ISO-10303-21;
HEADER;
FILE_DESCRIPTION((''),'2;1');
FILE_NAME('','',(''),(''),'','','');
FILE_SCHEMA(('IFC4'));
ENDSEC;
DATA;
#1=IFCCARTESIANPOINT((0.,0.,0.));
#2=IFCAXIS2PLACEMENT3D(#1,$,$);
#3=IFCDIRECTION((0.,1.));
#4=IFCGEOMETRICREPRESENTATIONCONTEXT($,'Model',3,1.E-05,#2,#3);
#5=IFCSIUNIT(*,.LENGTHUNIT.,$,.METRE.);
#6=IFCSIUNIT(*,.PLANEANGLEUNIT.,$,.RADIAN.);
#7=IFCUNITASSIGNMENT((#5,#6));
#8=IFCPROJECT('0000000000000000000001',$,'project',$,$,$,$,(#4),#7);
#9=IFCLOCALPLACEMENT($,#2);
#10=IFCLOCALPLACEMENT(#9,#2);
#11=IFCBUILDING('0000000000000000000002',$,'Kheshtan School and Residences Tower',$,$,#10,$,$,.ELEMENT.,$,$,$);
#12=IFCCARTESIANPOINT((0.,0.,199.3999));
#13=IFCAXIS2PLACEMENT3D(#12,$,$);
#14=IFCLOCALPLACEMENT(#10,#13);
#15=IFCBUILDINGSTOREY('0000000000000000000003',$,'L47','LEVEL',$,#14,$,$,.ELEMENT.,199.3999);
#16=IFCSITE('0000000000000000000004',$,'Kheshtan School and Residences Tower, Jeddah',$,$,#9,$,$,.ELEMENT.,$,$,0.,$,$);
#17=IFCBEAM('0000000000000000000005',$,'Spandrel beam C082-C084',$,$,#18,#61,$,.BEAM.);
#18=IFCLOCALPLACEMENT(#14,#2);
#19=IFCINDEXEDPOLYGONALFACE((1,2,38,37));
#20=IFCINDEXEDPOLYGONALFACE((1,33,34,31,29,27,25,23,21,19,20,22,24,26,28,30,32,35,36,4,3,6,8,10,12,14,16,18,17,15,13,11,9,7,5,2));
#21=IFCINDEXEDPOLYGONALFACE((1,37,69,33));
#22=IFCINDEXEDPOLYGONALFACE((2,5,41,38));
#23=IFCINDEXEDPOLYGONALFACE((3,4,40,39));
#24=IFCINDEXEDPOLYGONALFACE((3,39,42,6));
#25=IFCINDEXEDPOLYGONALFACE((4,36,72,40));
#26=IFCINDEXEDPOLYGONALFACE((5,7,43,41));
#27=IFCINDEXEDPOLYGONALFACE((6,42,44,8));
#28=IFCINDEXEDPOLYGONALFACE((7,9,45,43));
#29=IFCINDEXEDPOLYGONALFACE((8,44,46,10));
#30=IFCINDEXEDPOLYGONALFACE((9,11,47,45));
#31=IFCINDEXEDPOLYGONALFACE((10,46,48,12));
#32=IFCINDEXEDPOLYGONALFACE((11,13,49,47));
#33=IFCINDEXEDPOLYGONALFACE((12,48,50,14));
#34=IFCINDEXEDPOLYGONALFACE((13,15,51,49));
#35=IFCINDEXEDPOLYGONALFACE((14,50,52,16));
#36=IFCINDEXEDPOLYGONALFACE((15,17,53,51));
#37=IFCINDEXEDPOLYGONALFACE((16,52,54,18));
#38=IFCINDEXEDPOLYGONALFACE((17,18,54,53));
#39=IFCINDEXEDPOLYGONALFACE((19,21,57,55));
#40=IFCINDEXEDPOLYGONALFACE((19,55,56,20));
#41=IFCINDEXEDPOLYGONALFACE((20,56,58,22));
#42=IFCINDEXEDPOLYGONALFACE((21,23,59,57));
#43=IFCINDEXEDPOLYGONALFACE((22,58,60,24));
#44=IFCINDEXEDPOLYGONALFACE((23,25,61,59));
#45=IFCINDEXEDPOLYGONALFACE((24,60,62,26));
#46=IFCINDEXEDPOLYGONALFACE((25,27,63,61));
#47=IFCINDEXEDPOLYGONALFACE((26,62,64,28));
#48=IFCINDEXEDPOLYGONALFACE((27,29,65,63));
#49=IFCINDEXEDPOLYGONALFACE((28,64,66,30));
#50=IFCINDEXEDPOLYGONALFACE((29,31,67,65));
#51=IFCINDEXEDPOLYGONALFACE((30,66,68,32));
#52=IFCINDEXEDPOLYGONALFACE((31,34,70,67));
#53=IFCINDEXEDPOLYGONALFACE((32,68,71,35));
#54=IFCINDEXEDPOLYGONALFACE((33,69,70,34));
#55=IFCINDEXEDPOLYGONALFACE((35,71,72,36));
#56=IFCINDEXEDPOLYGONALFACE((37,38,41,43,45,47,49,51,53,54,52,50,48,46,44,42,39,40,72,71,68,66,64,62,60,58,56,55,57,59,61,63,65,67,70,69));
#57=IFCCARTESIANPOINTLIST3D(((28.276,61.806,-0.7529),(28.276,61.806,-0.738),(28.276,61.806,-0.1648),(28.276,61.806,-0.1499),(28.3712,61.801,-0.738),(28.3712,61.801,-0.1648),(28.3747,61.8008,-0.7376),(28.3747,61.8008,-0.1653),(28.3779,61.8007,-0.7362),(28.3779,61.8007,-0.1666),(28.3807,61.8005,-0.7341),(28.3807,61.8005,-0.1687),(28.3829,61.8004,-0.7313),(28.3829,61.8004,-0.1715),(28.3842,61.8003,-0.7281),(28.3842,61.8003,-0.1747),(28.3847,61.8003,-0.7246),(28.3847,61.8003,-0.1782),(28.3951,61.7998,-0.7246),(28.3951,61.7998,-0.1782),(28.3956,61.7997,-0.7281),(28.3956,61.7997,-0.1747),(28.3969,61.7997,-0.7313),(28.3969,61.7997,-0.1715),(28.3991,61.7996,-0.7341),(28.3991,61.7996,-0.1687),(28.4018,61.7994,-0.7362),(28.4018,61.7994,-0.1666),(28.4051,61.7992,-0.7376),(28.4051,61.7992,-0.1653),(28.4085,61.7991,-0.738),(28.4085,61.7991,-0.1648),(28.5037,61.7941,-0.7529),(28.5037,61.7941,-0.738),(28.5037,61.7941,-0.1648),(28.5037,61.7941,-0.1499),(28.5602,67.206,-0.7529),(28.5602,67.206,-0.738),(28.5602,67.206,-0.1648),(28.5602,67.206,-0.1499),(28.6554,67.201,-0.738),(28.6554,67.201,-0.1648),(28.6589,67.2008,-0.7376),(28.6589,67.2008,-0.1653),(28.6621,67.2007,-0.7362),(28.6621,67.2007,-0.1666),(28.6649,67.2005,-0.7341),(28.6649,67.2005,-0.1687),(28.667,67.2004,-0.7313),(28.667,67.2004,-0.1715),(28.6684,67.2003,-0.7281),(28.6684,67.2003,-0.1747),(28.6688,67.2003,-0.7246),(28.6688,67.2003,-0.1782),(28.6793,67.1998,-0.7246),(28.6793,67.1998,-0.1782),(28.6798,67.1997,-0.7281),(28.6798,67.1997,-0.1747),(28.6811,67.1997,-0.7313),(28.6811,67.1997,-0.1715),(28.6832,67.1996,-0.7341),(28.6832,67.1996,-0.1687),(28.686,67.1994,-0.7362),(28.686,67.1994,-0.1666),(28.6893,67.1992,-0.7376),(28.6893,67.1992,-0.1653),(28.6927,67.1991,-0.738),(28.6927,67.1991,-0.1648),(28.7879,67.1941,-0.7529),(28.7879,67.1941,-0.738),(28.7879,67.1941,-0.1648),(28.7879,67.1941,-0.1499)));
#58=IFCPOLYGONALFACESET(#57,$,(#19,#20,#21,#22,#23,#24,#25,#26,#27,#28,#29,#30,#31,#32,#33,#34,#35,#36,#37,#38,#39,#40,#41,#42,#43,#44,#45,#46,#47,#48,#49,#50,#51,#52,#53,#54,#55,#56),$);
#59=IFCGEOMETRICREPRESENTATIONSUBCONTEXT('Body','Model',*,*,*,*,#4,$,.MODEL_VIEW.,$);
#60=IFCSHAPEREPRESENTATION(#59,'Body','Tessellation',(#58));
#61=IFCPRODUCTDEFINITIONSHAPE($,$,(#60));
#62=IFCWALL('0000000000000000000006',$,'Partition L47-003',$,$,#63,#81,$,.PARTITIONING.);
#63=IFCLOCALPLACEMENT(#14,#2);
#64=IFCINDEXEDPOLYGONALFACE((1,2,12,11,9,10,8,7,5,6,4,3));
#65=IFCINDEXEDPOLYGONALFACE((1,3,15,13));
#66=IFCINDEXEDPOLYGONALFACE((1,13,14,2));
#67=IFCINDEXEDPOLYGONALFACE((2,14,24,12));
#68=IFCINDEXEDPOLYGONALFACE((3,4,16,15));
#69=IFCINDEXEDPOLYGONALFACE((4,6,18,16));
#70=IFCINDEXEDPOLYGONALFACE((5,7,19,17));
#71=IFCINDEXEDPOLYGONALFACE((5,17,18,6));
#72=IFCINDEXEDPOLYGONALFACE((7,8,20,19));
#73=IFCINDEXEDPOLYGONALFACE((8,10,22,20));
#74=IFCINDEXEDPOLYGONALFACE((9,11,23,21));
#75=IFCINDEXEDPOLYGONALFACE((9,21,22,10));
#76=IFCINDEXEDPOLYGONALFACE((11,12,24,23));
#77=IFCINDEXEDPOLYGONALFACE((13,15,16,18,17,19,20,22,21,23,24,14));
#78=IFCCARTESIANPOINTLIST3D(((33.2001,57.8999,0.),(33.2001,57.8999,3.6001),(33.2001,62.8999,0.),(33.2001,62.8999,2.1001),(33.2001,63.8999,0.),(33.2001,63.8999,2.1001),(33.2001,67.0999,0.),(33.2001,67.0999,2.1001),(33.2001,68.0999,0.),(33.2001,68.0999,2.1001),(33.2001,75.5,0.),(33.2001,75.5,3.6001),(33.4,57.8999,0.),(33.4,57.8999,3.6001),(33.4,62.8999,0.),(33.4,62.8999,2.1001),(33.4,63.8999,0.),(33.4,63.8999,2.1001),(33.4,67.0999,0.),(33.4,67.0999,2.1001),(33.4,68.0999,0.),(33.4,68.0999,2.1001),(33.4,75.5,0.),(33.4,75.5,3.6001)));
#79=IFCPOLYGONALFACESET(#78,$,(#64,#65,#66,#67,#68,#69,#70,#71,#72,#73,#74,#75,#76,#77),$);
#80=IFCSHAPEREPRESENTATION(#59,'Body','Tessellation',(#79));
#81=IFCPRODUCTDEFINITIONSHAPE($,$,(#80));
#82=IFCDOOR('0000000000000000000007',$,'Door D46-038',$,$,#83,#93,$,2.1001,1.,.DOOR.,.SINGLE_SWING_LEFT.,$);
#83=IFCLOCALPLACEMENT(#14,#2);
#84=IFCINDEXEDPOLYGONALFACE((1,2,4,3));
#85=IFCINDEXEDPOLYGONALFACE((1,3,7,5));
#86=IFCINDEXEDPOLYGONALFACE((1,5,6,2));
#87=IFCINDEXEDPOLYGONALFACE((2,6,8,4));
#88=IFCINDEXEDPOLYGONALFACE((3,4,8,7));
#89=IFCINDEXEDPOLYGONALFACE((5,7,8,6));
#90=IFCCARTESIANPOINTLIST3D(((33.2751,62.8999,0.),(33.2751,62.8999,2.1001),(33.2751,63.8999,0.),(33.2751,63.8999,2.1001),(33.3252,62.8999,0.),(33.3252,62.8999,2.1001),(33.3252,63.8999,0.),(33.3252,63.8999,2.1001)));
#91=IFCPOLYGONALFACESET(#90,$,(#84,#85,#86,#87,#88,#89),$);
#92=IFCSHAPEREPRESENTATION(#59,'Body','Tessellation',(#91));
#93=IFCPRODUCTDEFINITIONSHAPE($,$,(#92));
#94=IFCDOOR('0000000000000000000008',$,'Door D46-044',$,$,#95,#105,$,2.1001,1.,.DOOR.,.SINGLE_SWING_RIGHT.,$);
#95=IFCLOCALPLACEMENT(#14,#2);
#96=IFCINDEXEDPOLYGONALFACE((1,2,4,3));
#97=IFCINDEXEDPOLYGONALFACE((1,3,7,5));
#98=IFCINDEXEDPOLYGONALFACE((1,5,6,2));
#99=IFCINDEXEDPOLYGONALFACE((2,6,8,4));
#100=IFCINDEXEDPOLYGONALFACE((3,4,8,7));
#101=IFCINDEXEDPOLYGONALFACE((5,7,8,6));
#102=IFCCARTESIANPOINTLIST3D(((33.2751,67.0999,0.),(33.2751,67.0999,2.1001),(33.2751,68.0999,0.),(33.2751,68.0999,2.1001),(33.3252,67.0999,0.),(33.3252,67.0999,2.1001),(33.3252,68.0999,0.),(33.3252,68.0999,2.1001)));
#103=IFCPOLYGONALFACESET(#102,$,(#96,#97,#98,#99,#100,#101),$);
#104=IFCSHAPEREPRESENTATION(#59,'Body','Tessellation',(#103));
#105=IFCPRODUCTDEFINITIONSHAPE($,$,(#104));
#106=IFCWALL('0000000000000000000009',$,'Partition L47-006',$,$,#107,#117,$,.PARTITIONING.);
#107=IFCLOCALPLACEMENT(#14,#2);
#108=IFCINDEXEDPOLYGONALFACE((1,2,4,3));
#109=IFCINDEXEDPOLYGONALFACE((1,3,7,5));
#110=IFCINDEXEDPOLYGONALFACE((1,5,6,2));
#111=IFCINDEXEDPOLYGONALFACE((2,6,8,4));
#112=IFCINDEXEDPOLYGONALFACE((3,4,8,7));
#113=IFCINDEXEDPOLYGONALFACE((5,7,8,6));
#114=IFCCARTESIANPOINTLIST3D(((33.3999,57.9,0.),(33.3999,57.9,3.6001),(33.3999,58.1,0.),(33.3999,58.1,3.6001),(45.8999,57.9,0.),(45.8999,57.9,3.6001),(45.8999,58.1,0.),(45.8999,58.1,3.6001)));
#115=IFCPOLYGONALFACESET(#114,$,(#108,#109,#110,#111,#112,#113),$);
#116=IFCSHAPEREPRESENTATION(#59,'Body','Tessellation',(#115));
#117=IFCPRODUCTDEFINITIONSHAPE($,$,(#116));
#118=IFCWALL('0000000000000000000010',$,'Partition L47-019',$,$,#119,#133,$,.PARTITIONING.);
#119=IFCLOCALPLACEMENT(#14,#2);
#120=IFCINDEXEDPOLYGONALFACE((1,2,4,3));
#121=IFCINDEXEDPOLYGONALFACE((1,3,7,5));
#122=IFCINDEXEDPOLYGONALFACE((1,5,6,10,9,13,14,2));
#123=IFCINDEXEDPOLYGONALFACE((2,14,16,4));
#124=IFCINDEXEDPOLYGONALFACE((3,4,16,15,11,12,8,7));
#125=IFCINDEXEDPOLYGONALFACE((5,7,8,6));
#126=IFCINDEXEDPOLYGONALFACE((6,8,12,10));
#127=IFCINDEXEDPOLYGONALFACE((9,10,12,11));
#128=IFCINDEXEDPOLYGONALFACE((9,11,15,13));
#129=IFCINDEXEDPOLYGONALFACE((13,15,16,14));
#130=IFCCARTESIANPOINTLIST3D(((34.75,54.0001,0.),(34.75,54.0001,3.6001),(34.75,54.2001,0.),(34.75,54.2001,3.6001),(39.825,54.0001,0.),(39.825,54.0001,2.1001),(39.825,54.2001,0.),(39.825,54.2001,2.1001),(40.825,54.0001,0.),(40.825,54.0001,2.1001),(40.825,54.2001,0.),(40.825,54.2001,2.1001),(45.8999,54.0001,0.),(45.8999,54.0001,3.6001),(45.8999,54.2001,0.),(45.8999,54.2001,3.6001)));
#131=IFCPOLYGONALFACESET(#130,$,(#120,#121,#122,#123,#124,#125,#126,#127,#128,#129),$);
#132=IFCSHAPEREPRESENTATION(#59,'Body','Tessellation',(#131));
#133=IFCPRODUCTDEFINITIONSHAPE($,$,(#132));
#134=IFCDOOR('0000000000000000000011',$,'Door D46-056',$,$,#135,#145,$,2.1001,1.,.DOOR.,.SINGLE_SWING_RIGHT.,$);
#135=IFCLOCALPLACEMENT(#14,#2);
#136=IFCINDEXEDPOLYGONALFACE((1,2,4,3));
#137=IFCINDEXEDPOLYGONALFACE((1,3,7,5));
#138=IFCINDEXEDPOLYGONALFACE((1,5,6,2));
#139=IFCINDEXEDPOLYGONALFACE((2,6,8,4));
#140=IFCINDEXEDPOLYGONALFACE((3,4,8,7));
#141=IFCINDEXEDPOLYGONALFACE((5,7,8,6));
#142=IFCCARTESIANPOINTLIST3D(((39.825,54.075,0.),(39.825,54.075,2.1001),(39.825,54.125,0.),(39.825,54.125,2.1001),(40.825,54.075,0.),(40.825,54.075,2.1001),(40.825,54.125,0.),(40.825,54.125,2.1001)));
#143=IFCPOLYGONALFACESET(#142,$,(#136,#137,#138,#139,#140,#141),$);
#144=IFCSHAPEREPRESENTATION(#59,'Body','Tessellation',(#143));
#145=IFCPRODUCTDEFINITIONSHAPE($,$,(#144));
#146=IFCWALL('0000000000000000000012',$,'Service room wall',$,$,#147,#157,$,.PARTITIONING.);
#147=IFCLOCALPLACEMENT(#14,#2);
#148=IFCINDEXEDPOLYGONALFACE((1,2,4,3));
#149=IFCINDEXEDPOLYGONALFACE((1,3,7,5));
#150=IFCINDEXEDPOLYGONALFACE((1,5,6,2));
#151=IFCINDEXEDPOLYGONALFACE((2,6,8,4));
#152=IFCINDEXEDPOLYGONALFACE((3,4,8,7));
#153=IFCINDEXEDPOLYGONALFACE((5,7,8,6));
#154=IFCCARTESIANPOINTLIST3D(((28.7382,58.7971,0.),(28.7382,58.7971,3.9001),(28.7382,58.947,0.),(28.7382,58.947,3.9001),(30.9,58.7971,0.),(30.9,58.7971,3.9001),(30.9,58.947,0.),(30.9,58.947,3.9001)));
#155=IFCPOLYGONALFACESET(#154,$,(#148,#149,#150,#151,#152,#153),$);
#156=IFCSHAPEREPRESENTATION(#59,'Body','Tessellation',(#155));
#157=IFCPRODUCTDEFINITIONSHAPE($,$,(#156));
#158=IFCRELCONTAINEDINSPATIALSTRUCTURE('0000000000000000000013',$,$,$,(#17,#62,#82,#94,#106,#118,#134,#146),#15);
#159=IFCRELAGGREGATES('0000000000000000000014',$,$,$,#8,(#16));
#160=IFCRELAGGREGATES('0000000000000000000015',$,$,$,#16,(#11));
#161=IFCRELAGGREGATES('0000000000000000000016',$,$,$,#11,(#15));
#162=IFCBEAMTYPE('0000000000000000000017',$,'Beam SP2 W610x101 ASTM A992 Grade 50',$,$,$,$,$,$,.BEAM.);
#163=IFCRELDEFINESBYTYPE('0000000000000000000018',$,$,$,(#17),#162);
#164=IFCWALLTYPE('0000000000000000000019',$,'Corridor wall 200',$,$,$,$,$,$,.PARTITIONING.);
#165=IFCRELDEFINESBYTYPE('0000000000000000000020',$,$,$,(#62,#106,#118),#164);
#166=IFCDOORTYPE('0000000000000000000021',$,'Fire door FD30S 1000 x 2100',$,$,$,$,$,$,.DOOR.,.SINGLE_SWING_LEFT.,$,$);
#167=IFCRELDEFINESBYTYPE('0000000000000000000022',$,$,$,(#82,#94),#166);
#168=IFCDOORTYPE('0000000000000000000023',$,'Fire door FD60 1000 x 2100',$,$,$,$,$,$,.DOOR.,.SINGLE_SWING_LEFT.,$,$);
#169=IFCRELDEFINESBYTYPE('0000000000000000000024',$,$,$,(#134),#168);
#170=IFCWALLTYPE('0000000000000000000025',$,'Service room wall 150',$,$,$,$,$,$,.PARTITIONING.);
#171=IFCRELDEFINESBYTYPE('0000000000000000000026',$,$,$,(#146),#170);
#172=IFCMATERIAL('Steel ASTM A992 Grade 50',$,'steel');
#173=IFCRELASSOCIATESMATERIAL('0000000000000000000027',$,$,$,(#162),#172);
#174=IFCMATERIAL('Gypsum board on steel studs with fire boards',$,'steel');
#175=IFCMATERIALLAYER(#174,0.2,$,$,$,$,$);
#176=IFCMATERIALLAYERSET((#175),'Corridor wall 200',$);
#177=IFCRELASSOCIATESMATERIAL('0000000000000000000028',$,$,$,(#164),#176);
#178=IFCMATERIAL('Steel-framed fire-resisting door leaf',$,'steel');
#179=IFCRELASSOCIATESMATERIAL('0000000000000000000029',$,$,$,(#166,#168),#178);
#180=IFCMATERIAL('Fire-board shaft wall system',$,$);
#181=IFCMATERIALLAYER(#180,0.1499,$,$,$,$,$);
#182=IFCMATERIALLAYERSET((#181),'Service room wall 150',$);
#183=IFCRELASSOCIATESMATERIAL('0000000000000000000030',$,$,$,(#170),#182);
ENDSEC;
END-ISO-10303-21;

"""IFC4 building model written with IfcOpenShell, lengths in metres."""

from ifc_helpers import new_model, si_unit, direction, frame, frame_2d, origin, origin_2d, place, context, subcontext, project, spatial, rectangle, i_section, extrude, source, transform, mapped, material, layer, layer_set, material_profile, profile_set, type_object, element, fill, save


model = new_model("IFC4")

# Units and contexts
model_context = context("Model", 3, precision=1e-05, world=origin(), true_north=direction((0.0, 1.0)))
body_context = subcontext(model_context, "Body", "Model", "MODEL_VIEW")
ifc_project = project(units=[si_unit("LENGTHUNIT", "METRE"), si_unit("PLANEANGLEUNIT", "RADIAN")], contexts=[model_context])

# Site, building, storey
site_placement = place(None, origin())
site = spatial("IfcSite", under=ifc_project, at=site_placement, Name="Kheshtan School and Residences Tower, Jeddah", CompositionType="ELEMENT", RefElevation=0.0)
building_placement = place(site_placement, origin())
building = spatial("IfcBuilding", under=site, at=building_placement, Name="Kheshtan School and Residences Tower", CompositionType="ELEMENT")
storey_placement = place(building_placement, frame((0.0, 0.0, 199.3999)))
storey = spatial("IfcBuildingStorey", under=building, at=storey_placement, Name="L47", Description="LEVEL", CompositionType="ELEMENT", Elevation=199.3999)

# Shared definitions
ifc_material_1 = material(Name="Steel ASTM A992 Grade 50", Category="steel")

# Beam
ifc_material_profile_1 = material_profile(ifc_material_1, i_section(OverallWidth=0.228, OverallDepth=0.603, WebThickness=0.0105, FlangeThickness=0.0149, FilletRadius=0.0134, at=origin_2d()), Name="W610x101")
ifc_profile_set_1 = profile_set([ifc_material_profile_1], Name="Steel ASTM A992 Grade 50")
beam_type_1 = type_object("IfcBeamType", Name="Beam SP2 W610x101 ASTM A992 Grade 50", PredefinedType="BEAM", material=ifc_profile_set_1)
beam_1_placement = place(storey_placement, frame((28.3899, 61.8, -0.4514), z_axis=(0.052554, 0.998618, 0.0), x_axis=(-0.998618, 0.052554, 0.0)))
element("IfcBeam", 1, at=beam_1_placement, inside=storey, type_object=beam_type_1, Name="Spandrel beam C082-C084", PredefinedType="BEAM", context=body_context, shape_type="SweptSolid", body=[
    extrude(i_section(OverallWidth=0.228, OverallDepth=0.603, WebThickness=0.0105, FlangeThickness=0.0149, FilletRadius=0.0134, at=origin_2d()), origin(), (0.0, 0.0, 1.0), 5.4075),
])

# Wall, openings, doors
ifc_material_2 = material(Name="Gypsum board on steel studs with fire boards", Category="steel")
ifc_layer_1 = layer(ifc_material_2, 0.2)
ifc_layer_set_1 = layer_set([ifc_layer_1], Name="Corridor wall 200")
wall_type_1 = type_object("IfcWallType", Name="Corridor wall 200", PredefinedType="PARTITIONING", material=ifc_layer_set_1)
wall_1_placement = place(storey_placement, frame((33.3, 57.8999, 0.0), z_axis=(0.0, 0.0, 1.0), x_axis=(0.0, 1.0, 0.0)))
wall_1 = element("IfcWall", 2, at=wall_1_placement, inside=storey, type_object=wall_type_1, Name="Partition L47-003", PredefinedType="PARTITIONING", context=body_context, shape_type="SweptSolid", body=[
    extrude(rectangle(XDim=17.6001, YDim=0.2, at=frame_2d((8.8, 0.0))), origin(), (0.0, 0.0, 1.0), 3.6001),
])
opening_1_placement = place(wall_1_placement, frame((5.0, 0.0, 0.0)))
opening_1 = element("IfcOpeningElement", 3, at=opening_1_placement, cuts=wall_1, PredefinedType="OPENING", context=body_context, shape_type="SweptSolid", body=[
    extrude(rectangle(XDim=1.0, YDim=2.1001, at=frame_2d((0.5, 1.05))), frame((0.0, 0.1099, 0.0), z_axis=(0.0, -1.0, 0.0), x_axis=(1.0, 0.0, 0.0)), (0.0, 0.0, 1.0), 0.22),
])
opening_2_placement = place(wall_1_placement, frame((9.2, 0.0, 0.0)))
opening_2 = element("IfcOpeningElement", 4, at=opening_2_placement, cuts=wall_1, PredefinedType="OPENING", context=body_context, shape_type="SweptSolid", body=[
    extrude(rectangle(XDim=1.0, YDim=2.1001, at=frame_2d((0.5, 1.05))), frame((0.0, 0.1099, 0.0), z_axis=(0.0, -1.0, 0.0), x_axis=(1.0, 0.0, 0.0)), (0.0, 0.0, 1.0), 0.22),
])
ifc_material_3 = material(Name="Steel-framed fire-resisting door leaf", Category="steel")
door_type_1 = type_object("IfcDoorType", Name="Fire door FD30S 1000 x 2100", OperationType="SINGLE_SWING_LEFT", PredefinedType="DOOR", material=ifc_material_3)
shared_shape_1 = source(origin(), body_context, "Body", "SweptSolid", [
    extrude(rectangle(XDim=1.0, YDim=2.1001, at=frame_2d((0.5, 1.05))), frame((0.0, 0.0249, 0.0), z_axis=(0.0, -1.0, 0.0), x_axis=(1.0, 0.0, 0.0)), (0.0, 0.0, 1.0), 0.05),
])
door_1_placement = place(opening_1_placement, origin())
door_1 = element("IfcDoor", 5, at=door_1_placement, inside=storey, type_object=door_type_1, Name="Door D46-038", OperationType="SINGLE_SWING_LEFT", OverallHeight=2.1001, OverallWidth=1.0, PredefinedType="DOOR", context=body_context, shape_type="MappedRepresentation", body=[
    mapped(shared_shape_1, transform((0.0, 0.0, 0.0), x_axis=(1.0, 0.0, 0.0), y_axis=(0.0, 1.0, 0.0), z_axis=(0.0, 0.0, 1.0), scale=1.0)),
])
fill(opening_1, door_1)
door_2_placement = place(opening_2_placement, origin())
door_2 = element("IfcDoor", 6, at=door_2_placement, inside=storey, type_object=door_type_1, Name="Door D46-044", OperationType="SINGLE_SWING_RIGHT", OverallHeight=2.1001, OverallWidth=1.0, PredefinedType="DOOR", context=body_context, shape_type="MappedRepresentation", body=[
    mapped(shared_shape_1, transform((0.0, 0.0, 0.0), x_axis=(1.0, 0.0, 0.0), y_axis=(0.0, 1.0, 0.0), z_axis=(0.0, 0.0, 1.0), scale=1.0)),
])
fill(opening_2, door_2)

# Wall
wall_2_placement = place(storey_placement, frame((33.3999, 58.0, 0.0), z_axis=(0.0, 0.0, 1.0), x_axis=(1.0, 0.0, 0.0)))
element("IfcWall", 7, at=wall_2_placement, inside=storey, type_object=wall_type_1, Name="Partition L47-006", PredefinedType="PARTITIONING", context=body_context, shape_type="SweptSolid", body=[
    extrude(rectangle(XDim=12.5, YDim=0.2, at=frame_2d((6.25, 0.0))), origin(), (0.0, 0.0, 1.0), 3.6001),
])

# Wall, opening, door
wall_3_placement = place(storey_placement, frame((34.75, 54.1001, 0.0), z_axis=(0.0, 0.0, 1.0), x_axis=(1.0, 0.0, 0.0)))
wall_3 = element("IfcWall", 8, at=wall_3_placement, inside=storey, type_object=wall_type_1, Name="Partition L47-019", PredefinedType="PARTITIONING", context=body_context, shape_type="SweptSolid", body=[
    extrude(rectangle(XDim=11.1499, YDim=0.2, at=frame_2d((5.575, 0.0))), origin(), (0.0, 0.0, 1.0), 3.6001),
])
opening_3_placement = place(wall_3_placement, frame((5.075, 0.0, 0.0)))
opening_3 = element("IfcOpeningElement", 9, at=opening_3_placement, cuts=wall_3, PredefinedType="OPENING", context=body_context, shape_type="SweptSolid", body=[
    extrude(rectangle(XDim=1.0, YDim=2.1001, at=frame_2d((0.5, 1.05))), frame((0.0, 0.1099, 0.0), z_axis=(0.0, -1.0, 0.0), x_axis=(1.0, 0.0, 0.0)), (0.0, 0.0, 1.0), 0.22),
])
door_type_2 = type_object("IfcDoorType", Name="Fire door FD60 1000 x 2100", OperationType="SINGLE_SWING_LEFT", PredefinedType="DOOR", material=ifc_material_3)
shared_shape_2 = source(origin(), body_context, "Body", "SweptSolid", [
    extrude(rectangle(XDim=1.0, YDim=2.1001, at=frame_2d((0.5, 1.05))), frame((0.0, 0.0249, 0.0), z_axis=(0.0, -1.0, 0.0), x_axis=(1.0, 0.0, 0.0)), (0.0, 0.0, 1.0), 0.05),
])
door_3_placement = place(opening_3_placement, origin())
door_3 = element("IfcDoor", 10, at=door_3_placement, inside=storey, type_object=door_type_2, Name="Door D46-056", OperationType="SINGLE_SWING_RIGHT", OverallHeight=2.1001, OverallWidth=1.0, PredefinedType="DOOR", context=body_context, shape_type="MappedRepresentation", body=[
    mapped(shared_shape_2, transform((0.0, 0.0, 0.0), x_axis=(1.0, 0.0, 0.0), y_axis=(0.0, 1.0, 0.0), z_axis=(0.0, 0.0, 1.0), scale=1.0)),
])
fill(opening_3, door_3)

# Wall
ifc_material_4 = material(Name="Fire-board shaft wall system")
ifc_layer_2 = layer(ifc_material_4, 0.1499)
ifc_layer_set_2 = layer_set([ifc_layer_2], Name="Service room wall 150")
wall_type_2 = type_object("IfcWallType", Name="Service room wall 150", PredefinedType="PARTITIONING", material=ifc_layer_set_2)
wall_4_placement = place(storey_placement, frame((28.738, 58.8721, 0.0), z_axis=(0.0, 0.0, 1.0), x_axis=(1.0, 0.0, 0.0)))
element("IfcWall", 11, at=wall_4_placement, inside=storey, type_object=wall_type_2, Name="Service room wall", PredefinedType="PARTITIONING", context=body_context, shape_type="SweptSolid", body=[
    extrude(rectangle(XDim=2.1619, YDim=0.1499, at=frame_2d((1.0811, 0.0))), origin(), (0.0, 0.0, 1.0), 3.9001),
])

save(model, "model.ifc")
